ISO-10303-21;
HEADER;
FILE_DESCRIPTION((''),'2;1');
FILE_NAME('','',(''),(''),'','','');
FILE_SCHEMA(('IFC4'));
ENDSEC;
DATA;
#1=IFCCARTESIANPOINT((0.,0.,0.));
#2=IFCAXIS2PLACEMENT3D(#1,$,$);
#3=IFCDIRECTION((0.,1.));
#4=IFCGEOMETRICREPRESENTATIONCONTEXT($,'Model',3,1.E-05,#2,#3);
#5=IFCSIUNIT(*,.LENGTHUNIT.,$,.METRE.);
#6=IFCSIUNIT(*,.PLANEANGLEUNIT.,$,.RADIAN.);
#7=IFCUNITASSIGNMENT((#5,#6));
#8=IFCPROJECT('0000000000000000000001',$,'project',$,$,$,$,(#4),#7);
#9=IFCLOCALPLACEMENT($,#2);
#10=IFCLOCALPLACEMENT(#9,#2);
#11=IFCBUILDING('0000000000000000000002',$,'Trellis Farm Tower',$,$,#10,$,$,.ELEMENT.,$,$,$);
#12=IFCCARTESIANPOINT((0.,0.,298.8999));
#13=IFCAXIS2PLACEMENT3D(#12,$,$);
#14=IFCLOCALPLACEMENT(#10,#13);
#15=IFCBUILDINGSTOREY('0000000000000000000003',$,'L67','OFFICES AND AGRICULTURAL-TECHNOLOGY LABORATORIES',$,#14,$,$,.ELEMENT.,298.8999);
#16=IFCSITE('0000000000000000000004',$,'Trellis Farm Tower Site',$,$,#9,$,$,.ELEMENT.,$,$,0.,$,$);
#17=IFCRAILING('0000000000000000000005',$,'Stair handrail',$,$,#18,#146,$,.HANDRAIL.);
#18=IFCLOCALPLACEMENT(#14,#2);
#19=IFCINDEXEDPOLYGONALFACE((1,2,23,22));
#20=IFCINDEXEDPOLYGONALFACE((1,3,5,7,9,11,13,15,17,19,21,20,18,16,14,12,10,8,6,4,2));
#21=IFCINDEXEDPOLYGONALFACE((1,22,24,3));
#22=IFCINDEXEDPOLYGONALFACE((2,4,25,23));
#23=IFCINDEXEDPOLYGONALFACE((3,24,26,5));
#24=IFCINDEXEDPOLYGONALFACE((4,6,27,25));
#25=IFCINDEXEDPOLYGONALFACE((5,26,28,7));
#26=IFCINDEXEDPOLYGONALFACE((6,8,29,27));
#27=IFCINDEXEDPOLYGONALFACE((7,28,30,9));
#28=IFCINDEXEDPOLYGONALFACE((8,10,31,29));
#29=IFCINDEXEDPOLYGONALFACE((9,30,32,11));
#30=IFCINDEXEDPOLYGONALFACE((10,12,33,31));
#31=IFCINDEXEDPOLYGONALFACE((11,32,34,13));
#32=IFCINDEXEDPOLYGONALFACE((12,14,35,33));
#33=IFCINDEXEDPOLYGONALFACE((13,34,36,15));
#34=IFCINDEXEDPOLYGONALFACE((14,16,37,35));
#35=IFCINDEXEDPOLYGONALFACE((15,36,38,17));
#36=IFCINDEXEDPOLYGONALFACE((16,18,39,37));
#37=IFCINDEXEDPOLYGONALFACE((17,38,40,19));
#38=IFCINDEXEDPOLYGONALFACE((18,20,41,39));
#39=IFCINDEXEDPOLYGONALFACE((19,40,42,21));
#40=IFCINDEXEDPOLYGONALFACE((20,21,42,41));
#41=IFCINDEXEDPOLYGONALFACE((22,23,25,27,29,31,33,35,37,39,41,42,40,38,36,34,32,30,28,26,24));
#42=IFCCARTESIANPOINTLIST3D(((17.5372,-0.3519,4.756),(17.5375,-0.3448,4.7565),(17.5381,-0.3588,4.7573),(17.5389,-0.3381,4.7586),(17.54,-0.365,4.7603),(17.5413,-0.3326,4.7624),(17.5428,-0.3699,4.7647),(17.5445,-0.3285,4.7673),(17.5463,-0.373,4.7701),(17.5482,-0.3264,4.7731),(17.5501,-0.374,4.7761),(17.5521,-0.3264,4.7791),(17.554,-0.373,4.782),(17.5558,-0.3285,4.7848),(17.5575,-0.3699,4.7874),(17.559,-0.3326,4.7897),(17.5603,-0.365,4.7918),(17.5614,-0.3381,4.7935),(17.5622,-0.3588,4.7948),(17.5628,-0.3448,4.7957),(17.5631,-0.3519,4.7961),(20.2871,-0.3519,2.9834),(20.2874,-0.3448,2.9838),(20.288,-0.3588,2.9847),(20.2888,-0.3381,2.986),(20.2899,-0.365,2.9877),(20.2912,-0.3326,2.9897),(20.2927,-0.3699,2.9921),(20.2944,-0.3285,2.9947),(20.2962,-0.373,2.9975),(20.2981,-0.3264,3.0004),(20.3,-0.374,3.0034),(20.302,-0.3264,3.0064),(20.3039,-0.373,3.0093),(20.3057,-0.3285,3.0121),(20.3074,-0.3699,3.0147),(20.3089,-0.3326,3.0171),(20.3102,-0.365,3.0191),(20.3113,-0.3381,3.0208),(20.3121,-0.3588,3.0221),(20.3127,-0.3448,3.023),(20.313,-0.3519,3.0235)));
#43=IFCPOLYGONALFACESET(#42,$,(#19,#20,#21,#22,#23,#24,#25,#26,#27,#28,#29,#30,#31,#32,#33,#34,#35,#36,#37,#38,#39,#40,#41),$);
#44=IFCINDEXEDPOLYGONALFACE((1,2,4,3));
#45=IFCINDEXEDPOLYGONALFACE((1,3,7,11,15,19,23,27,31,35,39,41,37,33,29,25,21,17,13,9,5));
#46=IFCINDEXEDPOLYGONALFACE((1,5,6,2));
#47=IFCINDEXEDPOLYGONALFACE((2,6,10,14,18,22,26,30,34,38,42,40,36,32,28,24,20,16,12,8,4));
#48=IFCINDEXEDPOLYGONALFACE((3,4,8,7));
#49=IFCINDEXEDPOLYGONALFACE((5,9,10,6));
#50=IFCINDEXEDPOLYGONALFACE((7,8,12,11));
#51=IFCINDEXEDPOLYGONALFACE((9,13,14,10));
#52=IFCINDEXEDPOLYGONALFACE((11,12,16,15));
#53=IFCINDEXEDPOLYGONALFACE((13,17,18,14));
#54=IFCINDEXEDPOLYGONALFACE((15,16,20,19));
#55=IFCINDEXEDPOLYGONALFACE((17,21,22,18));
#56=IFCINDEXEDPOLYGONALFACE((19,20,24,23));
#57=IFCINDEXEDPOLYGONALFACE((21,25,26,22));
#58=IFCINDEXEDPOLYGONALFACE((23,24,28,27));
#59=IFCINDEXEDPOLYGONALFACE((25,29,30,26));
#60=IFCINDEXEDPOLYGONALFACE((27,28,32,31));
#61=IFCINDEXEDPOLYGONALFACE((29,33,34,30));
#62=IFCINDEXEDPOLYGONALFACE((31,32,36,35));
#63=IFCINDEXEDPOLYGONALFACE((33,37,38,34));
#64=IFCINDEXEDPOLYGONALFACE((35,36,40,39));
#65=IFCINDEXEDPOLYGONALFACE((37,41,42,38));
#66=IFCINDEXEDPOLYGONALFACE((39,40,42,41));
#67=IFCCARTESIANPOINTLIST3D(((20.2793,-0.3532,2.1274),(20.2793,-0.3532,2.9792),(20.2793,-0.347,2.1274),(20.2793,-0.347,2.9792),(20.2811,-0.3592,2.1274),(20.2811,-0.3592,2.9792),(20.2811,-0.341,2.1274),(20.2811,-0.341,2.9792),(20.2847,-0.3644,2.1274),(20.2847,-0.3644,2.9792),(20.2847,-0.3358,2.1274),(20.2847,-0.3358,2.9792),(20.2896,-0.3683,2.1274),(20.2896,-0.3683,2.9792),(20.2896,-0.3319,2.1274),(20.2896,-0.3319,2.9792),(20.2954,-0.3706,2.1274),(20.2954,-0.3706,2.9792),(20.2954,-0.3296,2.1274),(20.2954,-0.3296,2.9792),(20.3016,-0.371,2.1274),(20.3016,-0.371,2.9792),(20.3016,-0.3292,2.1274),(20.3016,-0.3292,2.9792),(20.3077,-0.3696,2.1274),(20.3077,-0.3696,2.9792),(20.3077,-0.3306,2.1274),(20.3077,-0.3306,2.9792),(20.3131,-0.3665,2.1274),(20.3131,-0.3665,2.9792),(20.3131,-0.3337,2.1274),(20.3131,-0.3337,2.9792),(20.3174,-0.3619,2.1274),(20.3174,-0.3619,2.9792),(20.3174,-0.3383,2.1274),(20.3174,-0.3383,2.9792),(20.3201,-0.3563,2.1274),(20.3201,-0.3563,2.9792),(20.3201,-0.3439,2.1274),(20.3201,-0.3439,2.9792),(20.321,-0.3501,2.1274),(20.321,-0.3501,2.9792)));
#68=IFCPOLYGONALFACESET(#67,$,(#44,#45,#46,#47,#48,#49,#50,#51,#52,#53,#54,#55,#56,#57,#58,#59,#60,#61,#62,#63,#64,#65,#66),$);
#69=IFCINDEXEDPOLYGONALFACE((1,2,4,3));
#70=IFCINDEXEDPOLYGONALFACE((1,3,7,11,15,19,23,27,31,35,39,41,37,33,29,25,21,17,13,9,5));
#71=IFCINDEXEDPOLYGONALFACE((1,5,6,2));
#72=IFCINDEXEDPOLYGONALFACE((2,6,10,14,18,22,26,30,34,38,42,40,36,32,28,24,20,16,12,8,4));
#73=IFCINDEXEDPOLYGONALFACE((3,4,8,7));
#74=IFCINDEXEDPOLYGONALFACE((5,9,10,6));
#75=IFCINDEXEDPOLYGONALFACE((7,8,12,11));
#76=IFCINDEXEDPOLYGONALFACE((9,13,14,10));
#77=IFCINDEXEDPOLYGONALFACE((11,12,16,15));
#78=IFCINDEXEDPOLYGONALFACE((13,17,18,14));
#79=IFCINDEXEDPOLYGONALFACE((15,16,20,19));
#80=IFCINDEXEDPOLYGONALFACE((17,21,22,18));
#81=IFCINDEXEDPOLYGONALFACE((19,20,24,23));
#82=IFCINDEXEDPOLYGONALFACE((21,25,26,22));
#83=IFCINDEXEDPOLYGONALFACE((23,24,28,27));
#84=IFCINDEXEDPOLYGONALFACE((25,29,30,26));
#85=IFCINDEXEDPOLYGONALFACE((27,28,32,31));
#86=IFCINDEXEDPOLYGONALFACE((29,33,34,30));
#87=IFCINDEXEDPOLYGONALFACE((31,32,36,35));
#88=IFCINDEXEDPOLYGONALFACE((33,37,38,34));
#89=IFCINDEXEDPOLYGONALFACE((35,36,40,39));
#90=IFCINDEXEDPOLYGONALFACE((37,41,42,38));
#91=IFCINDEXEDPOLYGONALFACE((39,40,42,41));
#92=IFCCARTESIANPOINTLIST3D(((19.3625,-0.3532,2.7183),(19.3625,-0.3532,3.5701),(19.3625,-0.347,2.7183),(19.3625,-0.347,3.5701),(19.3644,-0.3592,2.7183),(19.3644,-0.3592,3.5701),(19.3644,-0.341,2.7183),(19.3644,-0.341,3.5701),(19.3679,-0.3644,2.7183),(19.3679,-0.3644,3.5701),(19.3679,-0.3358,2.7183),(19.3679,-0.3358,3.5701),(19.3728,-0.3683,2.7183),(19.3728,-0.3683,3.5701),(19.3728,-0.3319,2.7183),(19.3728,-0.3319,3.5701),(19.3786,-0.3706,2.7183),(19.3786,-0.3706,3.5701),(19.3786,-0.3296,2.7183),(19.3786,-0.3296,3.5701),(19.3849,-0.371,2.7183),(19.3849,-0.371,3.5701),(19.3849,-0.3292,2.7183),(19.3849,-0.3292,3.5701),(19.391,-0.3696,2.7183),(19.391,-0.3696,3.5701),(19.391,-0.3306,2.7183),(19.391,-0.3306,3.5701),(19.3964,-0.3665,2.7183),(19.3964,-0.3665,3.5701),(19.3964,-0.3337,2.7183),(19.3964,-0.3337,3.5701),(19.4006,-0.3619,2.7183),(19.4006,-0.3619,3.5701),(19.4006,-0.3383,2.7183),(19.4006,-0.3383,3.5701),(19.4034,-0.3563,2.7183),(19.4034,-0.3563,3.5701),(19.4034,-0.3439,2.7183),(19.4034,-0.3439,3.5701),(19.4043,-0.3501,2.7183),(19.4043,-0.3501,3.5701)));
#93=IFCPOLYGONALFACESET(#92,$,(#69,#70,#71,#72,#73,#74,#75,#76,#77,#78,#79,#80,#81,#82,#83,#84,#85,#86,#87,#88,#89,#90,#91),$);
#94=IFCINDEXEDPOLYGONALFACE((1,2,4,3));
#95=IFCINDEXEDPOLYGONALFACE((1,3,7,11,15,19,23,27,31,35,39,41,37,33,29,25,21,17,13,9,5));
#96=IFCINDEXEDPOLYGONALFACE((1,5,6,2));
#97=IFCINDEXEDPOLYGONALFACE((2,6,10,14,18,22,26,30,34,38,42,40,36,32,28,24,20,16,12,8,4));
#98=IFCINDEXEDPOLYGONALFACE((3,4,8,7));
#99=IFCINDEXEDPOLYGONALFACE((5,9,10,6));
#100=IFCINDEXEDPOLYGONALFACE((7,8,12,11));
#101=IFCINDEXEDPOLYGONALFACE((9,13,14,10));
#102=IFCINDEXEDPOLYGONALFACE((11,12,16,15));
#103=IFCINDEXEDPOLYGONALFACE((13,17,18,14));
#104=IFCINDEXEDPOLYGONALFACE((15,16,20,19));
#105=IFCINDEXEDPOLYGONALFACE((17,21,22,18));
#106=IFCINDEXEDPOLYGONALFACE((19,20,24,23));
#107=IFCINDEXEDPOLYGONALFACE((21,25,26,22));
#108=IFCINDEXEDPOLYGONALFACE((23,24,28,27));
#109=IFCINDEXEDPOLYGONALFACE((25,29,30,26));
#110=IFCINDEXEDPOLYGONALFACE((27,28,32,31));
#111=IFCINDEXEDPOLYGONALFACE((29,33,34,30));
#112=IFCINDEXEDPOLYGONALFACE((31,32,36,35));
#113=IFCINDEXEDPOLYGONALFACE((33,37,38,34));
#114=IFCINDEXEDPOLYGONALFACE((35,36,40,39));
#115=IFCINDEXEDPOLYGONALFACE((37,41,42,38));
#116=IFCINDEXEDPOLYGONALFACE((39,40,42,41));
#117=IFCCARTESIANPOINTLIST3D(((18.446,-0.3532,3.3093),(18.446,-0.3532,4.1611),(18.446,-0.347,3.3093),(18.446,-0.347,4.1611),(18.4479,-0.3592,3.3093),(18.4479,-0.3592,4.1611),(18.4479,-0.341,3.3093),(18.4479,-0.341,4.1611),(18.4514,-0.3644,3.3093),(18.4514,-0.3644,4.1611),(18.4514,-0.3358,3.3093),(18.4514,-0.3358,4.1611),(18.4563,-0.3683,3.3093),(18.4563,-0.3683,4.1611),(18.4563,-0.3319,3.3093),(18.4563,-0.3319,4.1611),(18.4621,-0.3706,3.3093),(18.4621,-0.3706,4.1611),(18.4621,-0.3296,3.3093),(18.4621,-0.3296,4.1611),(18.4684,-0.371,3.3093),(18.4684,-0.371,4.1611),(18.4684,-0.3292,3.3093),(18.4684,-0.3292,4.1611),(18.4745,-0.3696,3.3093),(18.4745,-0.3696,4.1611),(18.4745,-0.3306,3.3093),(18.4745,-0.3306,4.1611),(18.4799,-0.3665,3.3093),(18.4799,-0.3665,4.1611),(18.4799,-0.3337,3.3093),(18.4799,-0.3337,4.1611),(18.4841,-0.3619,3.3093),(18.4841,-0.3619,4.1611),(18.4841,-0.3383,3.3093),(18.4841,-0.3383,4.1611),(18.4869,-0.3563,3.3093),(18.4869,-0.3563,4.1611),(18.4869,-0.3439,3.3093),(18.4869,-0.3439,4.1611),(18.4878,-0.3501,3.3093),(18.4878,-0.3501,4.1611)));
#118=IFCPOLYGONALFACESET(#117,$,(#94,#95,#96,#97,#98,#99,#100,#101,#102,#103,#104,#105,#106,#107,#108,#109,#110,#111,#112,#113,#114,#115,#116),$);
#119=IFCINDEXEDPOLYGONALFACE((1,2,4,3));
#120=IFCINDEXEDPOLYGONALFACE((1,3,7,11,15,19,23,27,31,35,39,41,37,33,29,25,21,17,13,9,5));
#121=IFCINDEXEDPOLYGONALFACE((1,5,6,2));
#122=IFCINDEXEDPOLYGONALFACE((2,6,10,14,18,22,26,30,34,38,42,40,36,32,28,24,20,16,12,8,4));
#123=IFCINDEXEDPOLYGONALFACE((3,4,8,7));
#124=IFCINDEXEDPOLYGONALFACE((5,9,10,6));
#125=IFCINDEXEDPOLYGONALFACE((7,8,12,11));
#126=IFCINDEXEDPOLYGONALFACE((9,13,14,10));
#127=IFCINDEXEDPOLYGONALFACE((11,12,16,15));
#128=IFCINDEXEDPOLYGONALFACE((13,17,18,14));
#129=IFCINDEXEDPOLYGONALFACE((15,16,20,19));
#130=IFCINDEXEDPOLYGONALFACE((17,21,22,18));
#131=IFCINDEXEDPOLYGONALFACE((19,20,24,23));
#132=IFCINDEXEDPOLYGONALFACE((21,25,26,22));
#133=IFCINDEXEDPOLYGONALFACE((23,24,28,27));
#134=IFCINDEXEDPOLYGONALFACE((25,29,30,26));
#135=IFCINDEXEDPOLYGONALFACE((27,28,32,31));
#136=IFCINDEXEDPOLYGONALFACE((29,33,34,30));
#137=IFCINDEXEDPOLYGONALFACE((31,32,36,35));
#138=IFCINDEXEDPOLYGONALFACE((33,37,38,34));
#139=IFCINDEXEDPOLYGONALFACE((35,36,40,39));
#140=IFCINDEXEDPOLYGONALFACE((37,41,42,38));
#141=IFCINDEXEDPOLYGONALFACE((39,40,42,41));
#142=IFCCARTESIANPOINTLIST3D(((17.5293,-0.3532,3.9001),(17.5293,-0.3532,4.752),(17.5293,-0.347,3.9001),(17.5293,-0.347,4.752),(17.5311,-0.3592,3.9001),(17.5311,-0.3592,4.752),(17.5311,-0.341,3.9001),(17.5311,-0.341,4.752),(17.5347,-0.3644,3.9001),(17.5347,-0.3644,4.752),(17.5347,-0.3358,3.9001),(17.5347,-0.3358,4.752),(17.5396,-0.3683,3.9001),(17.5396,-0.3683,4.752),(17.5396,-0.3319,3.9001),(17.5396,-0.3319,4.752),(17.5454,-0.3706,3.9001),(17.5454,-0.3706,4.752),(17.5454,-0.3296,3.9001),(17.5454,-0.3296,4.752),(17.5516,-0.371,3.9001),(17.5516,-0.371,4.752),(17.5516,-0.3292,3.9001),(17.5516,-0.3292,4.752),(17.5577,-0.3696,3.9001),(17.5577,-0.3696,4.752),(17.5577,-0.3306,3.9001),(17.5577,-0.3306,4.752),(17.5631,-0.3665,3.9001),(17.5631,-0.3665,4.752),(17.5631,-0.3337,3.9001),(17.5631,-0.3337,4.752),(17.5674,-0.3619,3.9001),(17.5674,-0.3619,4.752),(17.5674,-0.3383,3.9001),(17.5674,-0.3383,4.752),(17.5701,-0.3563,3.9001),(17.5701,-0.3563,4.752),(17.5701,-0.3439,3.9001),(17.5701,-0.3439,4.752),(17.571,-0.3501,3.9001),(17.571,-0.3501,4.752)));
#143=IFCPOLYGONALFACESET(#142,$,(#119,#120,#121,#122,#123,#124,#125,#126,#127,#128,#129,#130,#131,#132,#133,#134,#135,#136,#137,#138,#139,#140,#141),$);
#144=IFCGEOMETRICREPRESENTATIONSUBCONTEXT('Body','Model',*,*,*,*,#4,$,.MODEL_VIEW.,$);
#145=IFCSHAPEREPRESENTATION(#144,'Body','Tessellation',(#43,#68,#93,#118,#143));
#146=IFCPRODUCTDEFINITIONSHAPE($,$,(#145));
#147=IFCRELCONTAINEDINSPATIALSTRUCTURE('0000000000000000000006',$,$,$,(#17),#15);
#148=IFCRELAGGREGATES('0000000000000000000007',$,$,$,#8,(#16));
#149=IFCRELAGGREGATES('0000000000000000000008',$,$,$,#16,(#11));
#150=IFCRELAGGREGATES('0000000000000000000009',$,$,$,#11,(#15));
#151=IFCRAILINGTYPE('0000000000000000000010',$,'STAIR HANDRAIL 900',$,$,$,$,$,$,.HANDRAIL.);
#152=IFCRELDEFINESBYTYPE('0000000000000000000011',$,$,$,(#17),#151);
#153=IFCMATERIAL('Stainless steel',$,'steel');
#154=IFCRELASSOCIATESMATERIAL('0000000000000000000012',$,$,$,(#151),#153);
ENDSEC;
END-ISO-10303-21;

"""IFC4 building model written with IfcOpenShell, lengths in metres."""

from ifc_helpers import new_model, si_unit, direction, frame, origin, origin_2d, place, context, subcontext, project, spatial, circle, extrude, source, transform, mapped, material, type_object, element, save


model = new_model("IFC4")

# Units and contexts
model_context = context("Model", 3, precision=1e-05, world=origin(), true_north=direction((0.0, 1.0)))
body_context = subcontext(model_context, "Body", "Model", "MODEL_VIEW")
ifc_project = project(units=[si_unit("LENGTHUNIT", "METRE"), si_unit("PLANEANGLEUNIT", "RADIAN")], contexts=[model_context])

# Site, building, storey
site_placement = place(None, origin())
site = spatial("IfcSite", under=ifc_project, at=site_placement, Name="Trellis Farm Tower Site", CompositionType="ELEMENT", RefElevation=0.0)
building_placement = place(site_placement, origin())
building = spatial("IfcBuilding", under=site, at=building_placement, Name="Trellis Farm Tower", CompositionType="ELEMENT")
storey_placement = place(building_placement, frame((0.0, 0.0, 298.8999)))
storey = spatial("IfcBuildingStorey", under=building, at=storey_placement, Name="L67", Description="OFFICES AND AGRICULTURAL-TECHNOLOGY LABORATORIES", CompositionType="ELEMENT", Elevation=298.8999)

# Railing
ifc_material_1 = material(Name="Stainless steel", Category="steel")
railing_type = type_object("IfcRailingType", Name="STAIR HANDRAIL 900", PredefinedType="HANDRAIL", material=ifc_material_1)
shared_shape_1 = source(origin(), body_context, "Body", "SweptSolid", [
    extrude(circle(Radius=0.0239, at=origin_2d()), frame((0.0, 0.0, 0.876), z_axis=(-0.840504, 0.0, 0.541806), x_axis=(0.0, -1.0, 0.0)), (0.0, 0.0, 1.0), 3.2717),
    extrude(circle(Radius=0.021, at=origin_2d()), origin(), (0.0, 0.0, 1.0), 0.8518),
    extrude(circle(Radius=0.021, at=origin_2d()), frame((-0.9167, 0.0, 0.5908)), (0.0, 0.0, 1.0), 0.8518),
    extrude(circle(Radius=0.021, at=origin_2d()), frame((-1.8333, 0.0, 1.1819)), (0.0, 0.0, 1.0), 0.8518),
    extrude(circle(Radius=0.021, at=origin_2d()), frame((-2.75, 0.0, 1.7727)), (0.0, 0.0, 1.0), 0.8518),
])
for number, where, name in (
    (1, (20.3, -0.3501, 2.1274), "Stair handrail"),
):
    element("IfcRailing", number, at=place(storey_placement, frame(where)), inside=storey, type_object=railing_type, Name=name, PredefinedType="HANDRAIL", context=body_context, shape_type="MappedRepresentation", body=[
        mapped(shared_shape_1, transform((0.0, 0.0, 0.0))),
    ])

save(model, "model.ifc")
